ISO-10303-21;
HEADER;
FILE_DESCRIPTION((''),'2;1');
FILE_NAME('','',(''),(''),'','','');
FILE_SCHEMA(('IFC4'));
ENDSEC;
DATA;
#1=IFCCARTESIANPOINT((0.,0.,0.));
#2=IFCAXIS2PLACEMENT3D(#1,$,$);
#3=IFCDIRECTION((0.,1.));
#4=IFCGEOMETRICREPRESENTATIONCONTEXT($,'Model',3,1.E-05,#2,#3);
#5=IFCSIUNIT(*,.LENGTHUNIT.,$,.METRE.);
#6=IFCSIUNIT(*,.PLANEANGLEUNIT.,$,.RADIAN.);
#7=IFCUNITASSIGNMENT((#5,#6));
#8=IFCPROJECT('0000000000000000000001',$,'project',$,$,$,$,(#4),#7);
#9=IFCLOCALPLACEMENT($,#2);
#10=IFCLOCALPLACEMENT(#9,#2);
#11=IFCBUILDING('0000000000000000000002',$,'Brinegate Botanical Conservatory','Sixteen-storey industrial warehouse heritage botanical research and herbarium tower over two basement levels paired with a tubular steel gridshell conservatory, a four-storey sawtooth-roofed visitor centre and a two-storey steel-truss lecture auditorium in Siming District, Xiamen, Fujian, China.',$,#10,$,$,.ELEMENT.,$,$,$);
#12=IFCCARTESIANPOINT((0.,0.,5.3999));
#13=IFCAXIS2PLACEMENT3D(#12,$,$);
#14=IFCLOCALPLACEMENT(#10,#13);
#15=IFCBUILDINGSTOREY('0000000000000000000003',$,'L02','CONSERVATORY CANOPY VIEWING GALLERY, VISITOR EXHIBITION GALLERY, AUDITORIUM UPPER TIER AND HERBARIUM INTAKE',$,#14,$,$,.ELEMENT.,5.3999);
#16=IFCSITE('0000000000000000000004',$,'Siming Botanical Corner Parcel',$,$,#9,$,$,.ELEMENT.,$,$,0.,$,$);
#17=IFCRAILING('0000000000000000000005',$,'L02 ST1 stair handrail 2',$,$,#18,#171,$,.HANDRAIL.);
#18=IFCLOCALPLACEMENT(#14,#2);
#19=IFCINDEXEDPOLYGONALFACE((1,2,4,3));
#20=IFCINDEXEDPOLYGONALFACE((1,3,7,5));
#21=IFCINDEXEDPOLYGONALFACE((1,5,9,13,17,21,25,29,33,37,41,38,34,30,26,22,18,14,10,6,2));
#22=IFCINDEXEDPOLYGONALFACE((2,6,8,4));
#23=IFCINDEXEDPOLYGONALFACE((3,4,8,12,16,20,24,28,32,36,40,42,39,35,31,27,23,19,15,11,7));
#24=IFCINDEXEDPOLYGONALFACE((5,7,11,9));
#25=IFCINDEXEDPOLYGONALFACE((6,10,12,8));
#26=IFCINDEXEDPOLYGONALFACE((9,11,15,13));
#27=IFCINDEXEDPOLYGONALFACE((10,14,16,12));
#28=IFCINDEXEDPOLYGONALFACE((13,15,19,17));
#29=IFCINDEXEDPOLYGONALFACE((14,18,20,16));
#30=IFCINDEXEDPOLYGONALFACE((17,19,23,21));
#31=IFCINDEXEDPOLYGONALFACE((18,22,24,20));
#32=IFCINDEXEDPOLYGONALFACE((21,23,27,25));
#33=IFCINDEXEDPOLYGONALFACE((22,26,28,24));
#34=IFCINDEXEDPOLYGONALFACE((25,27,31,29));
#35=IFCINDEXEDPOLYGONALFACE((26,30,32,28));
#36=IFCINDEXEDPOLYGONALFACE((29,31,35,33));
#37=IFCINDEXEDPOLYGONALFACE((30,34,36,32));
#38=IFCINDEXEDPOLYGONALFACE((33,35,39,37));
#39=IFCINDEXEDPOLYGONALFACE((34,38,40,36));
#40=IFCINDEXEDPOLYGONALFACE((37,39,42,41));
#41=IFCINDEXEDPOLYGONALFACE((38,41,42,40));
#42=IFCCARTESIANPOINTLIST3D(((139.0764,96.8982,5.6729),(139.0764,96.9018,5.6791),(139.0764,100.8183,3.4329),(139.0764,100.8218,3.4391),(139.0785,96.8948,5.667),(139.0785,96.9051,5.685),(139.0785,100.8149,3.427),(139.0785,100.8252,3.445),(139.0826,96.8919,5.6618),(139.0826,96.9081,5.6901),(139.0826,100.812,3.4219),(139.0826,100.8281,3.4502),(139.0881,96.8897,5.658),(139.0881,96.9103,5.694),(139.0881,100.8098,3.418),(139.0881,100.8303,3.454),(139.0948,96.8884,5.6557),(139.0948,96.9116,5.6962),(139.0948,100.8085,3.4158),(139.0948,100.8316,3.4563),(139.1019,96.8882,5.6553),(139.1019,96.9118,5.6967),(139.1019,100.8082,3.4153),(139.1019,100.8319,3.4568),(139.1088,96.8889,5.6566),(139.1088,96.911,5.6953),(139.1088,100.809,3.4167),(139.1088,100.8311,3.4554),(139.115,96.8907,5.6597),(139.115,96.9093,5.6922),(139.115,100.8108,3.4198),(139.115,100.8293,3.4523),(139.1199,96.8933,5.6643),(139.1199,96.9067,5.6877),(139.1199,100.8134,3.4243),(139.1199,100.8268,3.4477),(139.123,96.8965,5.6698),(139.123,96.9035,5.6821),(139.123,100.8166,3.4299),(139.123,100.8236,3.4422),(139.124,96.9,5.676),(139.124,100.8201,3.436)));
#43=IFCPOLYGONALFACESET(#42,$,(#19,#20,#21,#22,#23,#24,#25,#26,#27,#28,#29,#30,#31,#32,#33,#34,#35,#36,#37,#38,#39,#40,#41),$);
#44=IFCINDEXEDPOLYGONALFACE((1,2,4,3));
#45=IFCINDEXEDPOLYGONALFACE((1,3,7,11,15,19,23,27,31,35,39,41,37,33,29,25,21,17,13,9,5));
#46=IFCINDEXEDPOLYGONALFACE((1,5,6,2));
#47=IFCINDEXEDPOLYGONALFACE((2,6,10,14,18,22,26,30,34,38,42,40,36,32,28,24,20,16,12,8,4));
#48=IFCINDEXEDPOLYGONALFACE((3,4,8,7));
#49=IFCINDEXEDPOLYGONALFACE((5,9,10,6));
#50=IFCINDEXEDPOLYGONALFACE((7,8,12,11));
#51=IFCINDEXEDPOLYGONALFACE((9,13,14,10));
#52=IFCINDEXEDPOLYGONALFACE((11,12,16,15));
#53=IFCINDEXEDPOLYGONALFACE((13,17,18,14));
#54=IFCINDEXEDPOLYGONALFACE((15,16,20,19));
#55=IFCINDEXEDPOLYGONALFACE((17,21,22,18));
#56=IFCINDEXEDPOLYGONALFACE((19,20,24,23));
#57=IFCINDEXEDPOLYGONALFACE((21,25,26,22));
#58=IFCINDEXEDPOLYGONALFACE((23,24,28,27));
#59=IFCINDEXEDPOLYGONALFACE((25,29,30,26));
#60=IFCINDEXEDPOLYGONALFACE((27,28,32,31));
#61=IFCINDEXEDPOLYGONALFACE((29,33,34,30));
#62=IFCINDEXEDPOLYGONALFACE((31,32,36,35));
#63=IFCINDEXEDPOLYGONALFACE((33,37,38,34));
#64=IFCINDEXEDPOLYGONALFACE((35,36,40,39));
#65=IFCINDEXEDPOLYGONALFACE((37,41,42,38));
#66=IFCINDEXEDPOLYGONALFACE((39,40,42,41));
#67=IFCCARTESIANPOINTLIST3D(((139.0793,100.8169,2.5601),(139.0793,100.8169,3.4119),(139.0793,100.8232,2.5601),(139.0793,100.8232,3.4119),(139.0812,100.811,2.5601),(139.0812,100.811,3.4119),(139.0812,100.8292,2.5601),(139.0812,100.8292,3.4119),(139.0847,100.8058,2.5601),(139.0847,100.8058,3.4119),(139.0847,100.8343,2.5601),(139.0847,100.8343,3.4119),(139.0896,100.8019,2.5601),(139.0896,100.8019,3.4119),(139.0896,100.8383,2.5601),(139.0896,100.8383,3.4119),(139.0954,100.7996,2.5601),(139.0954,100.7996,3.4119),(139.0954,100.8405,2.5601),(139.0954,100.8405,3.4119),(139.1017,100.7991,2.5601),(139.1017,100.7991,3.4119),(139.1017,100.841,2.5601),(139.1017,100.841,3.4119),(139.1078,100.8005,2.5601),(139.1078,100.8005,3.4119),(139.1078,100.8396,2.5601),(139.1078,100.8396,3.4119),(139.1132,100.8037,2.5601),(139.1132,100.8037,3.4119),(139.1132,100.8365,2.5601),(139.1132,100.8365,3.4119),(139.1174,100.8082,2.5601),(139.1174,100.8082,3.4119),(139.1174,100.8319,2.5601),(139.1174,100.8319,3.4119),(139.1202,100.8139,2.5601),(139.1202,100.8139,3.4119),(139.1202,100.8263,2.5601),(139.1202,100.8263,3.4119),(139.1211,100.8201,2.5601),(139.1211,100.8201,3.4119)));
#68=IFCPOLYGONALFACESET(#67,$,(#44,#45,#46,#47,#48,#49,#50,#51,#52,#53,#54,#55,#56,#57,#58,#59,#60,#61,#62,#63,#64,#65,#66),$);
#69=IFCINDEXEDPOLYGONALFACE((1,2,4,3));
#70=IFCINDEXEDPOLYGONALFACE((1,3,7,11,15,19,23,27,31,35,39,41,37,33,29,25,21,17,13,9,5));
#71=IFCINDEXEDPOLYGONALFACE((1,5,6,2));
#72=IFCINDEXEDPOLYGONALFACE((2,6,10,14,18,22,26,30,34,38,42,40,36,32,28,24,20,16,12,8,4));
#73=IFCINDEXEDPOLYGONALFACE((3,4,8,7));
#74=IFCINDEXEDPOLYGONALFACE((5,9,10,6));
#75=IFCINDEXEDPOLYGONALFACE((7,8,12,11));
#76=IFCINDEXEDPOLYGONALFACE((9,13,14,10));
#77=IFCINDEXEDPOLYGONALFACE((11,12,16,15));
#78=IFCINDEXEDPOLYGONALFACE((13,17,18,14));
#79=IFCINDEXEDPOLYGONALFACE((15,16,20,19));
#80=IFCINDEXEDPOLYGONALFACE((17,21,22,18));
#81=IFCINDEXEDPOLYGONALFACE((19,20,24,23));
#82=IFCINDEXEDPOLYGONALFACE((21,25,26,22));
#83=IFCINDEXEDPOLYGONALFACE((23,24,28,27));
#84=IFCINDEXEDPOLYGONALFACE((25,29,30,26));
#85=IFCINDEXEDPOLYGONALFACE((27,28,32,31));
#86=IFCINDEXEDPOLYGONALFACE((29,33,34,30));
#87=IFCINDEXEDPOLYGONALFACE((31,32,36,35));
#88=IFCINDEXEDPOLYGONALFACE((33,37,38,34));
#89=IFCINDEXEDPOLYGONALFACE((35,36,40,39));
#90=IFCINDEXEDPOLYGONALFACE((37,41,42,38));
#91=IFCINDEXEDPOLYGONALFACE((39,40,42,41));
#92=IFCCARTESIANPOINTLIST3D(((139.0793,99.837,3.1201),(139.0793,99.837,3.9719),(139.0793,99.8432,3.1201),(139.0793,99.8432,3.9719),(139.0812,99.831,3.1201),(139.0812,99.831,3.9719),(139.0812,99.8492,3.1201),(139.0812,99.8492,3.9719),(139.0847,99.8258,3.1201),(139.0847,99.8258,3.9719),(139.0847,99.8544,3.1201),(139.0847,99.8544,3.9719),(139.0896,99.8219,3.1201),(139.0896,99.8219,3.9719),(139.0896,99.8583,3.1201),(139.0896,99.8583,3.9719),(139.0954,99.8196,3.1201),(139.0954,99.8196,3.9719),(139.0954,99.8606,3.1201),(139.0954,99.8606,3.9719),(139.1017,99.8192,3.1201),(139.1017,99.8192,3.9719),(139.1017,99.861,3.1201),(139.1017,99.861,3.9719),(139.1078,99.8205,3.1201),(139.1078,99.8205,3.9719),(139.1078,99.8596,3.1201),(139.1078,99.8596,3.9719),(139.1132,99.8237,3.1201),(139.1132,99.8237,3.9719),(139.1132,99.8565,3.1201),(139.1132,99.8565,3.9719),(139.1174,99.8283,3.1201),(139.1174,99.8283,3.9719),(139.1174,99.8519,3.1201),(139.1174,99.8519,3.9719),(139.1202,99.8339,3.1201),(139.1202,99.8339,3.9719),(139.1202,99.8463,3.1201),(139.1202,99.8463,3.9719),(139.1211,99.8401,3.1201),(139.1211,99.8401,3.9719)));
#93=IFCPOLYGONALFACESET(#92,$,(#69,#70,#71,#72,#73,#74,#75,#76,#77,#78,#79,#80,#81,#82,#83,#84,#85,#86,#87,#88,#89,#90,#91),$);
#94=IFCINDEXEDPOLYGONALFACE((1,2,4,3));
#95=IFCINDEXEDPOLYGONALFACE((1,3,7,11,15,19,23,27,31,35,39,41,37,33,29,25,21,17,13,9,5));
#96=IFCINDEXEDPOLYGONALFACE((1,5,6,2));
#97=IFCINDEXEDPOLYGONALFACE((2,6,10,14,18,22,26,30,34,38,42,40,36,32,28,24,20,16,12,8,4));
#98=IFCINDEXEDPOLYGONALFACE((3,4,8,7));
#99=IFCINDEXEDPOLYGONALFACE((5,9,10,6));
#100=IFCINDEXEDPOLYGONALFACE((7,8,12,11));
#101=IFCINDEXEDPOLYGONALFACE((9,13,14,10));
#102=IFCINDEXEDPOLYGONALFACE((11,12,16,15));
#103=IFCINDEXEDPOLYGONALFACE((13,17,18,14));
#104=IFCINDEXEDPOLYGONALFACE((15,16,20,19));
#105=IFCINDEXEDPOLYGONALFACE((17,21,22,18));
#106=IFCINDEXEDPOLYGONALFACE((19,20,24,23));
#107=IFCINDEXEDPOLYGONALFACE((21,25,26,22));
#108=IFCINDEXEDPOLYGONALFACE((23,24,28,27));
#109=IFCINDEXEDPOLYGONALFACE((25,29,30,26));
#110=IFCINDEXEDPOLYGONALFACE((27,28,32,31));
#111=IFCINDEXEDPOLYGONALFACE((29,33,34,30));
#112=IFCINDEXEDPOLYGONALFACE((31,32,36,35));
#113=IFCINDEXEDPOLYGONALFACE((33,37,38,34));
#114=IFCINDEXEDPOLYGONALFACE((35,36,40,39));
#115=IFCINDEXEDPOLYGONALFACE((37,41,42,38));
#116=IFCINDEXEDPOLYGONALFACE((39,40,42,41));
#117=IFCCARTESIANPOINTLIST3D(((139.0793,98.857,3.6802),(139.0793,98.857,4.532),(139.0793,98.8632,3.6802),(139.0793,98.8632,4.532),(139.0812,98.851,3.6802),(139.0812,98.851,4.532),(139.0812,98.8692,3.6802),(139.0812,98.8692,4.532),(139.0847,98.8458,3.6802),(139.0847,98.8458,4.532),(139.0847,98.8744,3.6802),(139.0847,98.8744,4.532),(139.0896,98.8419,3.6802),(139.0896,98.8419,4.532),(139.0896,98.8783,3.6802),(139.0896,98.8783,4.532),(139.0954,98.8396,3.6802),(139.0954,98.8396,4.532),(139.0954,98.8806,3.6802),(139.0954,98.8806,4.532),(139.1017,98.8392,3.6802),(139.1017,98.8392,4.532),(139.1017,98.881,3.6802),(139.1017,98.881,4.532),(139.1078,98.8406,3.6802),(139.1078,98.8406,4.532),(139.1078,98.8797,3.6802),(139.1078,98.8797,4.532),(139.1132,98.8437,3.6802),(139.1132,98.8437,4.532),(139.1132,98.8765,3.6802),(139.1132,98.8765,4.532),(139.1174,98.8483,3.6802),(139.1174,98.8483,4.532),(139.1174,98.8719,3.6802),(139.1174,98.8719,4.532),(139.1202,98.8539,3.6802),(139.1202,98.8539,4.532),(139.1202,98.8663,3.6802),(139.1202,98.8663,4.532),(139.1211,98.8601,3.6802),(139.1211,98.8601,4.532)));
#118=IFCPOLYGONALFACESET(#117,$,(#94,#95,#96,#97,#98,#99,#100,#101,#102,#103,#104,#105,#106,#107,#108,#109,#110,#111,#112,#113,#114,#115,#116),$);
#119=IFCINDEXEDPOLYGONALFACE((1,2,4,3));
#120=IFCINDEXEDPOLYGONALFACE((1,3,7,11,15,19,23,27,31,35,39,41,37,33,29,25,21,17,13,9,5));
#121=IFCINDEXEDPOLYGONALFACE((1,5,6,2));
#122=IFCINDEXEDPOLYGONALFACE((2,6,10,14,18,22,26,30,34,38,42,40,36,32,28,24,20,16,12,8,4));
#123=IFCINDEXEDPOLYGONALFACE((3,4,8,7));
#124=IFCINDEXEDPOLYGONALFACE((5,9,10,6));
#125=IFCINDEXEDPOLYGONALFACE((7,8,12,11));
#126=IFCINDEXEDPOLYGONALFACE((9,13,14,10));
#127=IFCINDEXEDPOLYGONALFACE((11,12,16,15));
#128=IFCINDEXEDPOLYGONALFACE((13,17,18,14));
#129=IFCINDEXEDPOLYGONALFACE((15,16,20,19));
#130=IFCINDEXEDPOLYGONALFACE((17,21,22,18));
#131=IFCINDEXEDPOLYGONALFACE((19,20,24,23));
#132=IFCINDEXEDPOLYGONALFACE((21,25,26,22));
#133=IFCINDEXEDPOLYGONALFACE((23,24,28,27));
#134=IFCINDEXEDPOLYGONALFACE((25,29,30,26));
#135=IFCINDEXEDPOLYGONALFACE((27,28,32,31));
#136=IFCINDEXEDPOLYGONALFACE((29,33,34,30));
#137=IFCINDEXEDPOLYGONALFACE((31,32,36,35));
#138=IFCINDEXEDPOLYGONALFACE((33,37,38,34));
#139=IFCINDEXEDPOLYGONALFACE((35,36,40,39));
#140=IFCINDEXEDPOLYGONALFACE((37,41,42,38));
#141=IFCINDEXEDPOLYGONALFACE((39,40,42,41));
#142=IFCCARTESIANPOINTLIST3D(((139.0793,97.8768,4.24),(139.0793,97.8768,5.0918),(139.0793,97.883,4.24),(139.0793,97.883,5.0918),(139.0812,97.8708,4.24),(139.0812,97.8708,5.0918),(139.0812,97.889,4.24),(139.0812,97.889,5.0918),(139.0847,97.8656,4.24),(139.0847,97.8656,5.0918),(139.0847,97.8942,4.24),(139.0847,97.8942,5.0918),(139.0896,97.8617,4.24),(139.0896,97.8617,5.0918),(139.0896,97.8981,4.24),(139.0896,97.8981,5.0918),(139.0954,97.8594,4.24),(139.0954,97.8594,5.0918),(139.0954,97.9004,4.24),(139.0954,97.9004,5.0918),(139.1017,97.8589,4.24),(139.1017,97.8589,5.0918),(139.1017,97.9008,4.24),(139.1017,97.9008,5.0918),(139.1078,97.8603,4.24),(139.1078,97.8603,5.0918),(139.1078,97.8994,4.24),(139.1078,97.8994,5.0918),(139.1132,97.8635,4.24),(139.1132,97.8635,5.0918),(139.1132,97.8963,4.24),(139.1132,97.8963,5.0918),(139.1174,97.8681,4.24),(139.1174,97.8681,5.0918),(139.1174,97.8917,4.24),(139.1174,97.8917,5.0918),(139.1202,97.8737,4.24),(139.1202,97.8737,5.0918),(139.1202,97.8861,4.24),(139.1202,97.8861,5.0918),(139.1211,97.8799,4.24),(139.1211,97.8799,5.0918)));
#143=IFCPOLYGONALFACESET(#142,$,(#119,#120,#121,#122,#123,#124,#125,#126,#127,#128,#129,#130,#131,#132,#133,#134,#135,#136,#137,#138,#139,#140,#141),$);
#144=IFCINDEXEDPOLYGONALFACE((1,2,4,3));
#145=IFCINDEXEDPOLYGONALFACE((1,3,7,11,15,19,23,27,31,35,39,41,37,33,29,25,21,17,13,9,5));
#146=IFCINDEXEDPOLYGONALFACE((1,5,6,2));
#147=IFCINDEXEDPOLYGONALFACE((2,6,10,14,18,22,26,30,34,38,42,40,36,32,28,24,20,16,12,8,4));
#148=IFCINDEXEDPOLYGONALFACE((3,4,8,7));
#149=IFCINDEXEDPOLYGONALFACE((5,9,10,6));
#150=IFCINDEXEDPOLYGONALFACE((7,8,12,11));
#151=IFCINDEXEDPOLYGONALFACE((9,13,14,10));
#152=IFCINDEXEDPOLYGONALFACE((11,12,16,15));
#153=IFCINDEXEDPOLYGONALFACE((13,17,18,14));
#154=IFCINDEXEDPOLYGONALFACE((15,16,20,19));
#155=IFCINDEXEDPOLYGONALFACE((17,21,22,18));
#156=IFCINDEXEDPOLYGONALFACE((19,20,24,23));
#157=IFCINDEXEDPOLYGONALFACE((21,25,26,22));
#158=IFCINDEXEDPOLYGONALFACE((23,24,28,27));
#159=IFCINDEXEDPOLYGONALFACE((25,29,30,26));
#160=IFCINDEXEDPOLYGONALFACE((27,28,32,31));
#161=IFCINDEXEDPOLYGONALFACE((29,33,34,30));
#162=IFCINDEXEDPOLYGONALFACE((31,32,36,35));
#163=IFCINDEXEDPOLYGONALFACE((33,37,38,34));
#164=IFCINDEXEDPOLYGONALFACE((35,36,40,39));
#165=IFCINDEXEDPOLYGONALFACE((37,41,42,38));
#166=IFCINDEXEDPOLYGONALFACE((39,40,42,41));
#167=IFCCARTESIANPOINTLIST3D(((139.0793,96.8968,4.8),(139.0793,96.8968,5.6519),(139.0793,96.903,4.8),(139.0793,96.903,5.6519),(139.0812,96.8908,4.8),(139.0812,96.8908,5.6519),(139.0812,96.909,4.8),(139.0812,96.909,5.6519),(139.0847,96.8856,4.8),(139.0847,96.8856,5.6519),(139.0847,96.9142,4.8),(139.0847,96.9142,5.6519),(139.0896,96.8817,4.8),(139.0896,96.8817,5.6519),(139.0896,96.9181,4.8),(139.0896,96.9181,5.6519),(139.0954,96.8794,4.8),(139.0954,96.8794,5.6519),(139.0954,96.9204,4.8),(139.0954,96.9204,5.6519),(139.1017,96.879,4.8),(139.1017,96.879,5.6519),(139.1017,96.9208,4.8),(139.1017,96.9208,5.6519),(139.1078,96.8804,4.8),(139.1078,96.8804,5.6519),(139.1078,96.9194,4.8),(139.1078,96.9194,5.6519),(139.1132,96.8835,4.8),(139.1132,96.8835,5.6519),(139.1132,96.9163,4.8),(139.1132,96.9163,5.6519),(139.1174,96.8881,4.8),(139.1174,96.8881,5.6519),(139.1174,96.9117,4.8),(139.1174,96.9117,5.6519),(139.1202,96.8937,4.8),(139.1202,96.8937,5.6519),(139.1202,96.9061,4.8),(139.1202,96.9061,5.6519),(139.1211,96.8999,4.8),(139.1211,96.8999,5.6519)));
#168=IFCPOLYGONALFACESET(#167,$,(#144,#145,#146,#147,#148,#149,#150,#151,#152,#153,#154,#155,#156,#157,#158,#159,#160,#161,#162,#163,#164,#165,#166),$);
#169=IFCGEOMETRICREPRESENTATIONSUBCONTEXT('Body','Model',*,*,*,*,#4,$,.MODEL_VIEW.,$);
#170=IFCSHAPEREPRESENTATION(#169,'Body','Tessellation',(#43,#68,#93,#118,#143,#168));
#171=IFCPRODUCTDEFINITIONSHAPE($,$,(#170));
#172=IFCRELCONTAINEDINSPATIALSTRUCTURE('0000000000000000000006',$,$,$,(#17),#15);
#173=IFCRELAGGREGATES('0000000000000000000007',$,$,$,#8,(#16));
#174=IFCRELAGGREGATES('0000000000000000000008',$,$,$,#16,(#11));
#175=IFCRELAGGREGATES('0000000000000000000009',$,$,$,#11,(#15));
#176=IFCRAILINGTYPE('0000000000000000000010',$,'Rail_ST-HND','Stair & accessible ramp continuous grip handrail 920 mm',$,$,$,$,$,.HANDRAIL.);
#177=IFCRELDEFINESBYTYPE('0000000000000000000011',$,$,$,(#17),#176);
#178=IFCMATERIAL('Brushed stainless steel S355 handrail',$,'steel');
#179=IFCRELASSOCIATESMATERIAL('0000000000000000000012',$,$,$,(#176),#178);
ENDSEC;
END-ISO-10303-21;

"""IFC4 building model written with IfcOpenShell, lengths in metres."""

from ifc_helpers import new_model, si_unit, direction, frame, origin, origin_2d, place, context, subcontext, project, spatial, circle, extrude, material, type_object, element, save


model = new_model("IFC4")

# Units and contexts
model_context = context("Model", 3, precision=1e-05, world=origin(), true_north=direction((0.0, 1.0)))
body_context = subcontext(model_context, "Body", "Model", "MODEL_VIEW")
ifc_project = project(units=[si_unit("LENGTHUNIT", "METRE"), si_unit("PLANEANGLEUNIT", "RADIAN")], contexts=[model_context])

# Site, building, storey
site_placement = place(None, origin())
site = spatial("IfcSite", under=ifc_project, at=site_placement, Name="Siming Botanical Corner Parcel", CompositionType="ELEMENT", RefElevation=0.0)
building_placement = place(site_placement, origin())
building = spatial("IfcBuilding", under=site, at=building_placement, Name="Brinegate Botanical Conservatory", Description="Sixteen-storey industrial warehouse heritage botanical research and herbarium tower over two basement levels paired with a tubular steel gridshell conservatory, a four-storey sawtooth-roofed visitor centre and a two-storey steel-truss lecture auditorium in Siming District, Xiamen, Fujian, China.", CompositionType="ELEMENT")
storey_placement = place(building_placement, frame((0.0, 0.0, 5.3999)))
storey = spatial("IfcBuildingStorey", under=building, at=storey_placement, Name="L02", Description="CONSERVATORY CANOPY VIEWING GALLERY, VISITOR EXHIBITION GALLERY, AUDITORIUM UPPER TIER AND HERBARIUM INTAKE", CompositionType="ELEMENT", Elevation=5.3999)

# Railing
ifc_material_1 = material(Name="Brushed stainless steel S355 handrail", Category="steel")
railing_type_1 = type_object("IfcRailingType", Name="Rail_ST-HND", Description="Stair & accessible ramp continuous grip handrail 920 mm", PredefinedType="HANDRAIL", material=ifc_material_1)
railing_1_placement = place(storey_placement, frame((139.1001, 100.8201, 2.5601)))
element("IfcRailing", 1, at=railing_1_placement, inside=storey, type_object=railing_type_1, Name="L02 ST1 stair handrail 2", PredefinedType="HANDRAIL", context=body_context, shape_type="SweptSolid", body=[
    extrude(circle(Radius=0.0239, at=origin_2d()), frame((0.0, 0.0, 0.876), z_axis=(0.0, -0.868253, 0.496121), x_axis=(1.0, 0.0, 0.0)), (0.0, 0.0, 1.0), 4.5149),
    extrude(circle(Radius=0.021, at=origin_2d()), origin(), (0.0, 0.0, 1.0), 0.8518),
    extrude(circle(Radius=0.021, at=origin_2d()), frame((0.0, -0.98, 0.5601)), (0.0, 0.0, 1.0), 0.8518),
    extrude(circle(Radius=0.021, at=origin_2d()), frame((0.0, -1.96, 1.1201)), (0.0, 0.0, 1.0), 0.8518),
    extrude(circle(Radius=0.021, at=origin_2d()), frame((0.0, -2.9402, 1.6799)), (0.0, 0.0, 1.0), 0.8518),
    extrude(circle(Radius=0.021, at=origin_2d()), frame((0.0, -3.9202, 2.24)), (0.0, 0.0, 1.0), 0.8518),
])

save(model, "model.ifc")
